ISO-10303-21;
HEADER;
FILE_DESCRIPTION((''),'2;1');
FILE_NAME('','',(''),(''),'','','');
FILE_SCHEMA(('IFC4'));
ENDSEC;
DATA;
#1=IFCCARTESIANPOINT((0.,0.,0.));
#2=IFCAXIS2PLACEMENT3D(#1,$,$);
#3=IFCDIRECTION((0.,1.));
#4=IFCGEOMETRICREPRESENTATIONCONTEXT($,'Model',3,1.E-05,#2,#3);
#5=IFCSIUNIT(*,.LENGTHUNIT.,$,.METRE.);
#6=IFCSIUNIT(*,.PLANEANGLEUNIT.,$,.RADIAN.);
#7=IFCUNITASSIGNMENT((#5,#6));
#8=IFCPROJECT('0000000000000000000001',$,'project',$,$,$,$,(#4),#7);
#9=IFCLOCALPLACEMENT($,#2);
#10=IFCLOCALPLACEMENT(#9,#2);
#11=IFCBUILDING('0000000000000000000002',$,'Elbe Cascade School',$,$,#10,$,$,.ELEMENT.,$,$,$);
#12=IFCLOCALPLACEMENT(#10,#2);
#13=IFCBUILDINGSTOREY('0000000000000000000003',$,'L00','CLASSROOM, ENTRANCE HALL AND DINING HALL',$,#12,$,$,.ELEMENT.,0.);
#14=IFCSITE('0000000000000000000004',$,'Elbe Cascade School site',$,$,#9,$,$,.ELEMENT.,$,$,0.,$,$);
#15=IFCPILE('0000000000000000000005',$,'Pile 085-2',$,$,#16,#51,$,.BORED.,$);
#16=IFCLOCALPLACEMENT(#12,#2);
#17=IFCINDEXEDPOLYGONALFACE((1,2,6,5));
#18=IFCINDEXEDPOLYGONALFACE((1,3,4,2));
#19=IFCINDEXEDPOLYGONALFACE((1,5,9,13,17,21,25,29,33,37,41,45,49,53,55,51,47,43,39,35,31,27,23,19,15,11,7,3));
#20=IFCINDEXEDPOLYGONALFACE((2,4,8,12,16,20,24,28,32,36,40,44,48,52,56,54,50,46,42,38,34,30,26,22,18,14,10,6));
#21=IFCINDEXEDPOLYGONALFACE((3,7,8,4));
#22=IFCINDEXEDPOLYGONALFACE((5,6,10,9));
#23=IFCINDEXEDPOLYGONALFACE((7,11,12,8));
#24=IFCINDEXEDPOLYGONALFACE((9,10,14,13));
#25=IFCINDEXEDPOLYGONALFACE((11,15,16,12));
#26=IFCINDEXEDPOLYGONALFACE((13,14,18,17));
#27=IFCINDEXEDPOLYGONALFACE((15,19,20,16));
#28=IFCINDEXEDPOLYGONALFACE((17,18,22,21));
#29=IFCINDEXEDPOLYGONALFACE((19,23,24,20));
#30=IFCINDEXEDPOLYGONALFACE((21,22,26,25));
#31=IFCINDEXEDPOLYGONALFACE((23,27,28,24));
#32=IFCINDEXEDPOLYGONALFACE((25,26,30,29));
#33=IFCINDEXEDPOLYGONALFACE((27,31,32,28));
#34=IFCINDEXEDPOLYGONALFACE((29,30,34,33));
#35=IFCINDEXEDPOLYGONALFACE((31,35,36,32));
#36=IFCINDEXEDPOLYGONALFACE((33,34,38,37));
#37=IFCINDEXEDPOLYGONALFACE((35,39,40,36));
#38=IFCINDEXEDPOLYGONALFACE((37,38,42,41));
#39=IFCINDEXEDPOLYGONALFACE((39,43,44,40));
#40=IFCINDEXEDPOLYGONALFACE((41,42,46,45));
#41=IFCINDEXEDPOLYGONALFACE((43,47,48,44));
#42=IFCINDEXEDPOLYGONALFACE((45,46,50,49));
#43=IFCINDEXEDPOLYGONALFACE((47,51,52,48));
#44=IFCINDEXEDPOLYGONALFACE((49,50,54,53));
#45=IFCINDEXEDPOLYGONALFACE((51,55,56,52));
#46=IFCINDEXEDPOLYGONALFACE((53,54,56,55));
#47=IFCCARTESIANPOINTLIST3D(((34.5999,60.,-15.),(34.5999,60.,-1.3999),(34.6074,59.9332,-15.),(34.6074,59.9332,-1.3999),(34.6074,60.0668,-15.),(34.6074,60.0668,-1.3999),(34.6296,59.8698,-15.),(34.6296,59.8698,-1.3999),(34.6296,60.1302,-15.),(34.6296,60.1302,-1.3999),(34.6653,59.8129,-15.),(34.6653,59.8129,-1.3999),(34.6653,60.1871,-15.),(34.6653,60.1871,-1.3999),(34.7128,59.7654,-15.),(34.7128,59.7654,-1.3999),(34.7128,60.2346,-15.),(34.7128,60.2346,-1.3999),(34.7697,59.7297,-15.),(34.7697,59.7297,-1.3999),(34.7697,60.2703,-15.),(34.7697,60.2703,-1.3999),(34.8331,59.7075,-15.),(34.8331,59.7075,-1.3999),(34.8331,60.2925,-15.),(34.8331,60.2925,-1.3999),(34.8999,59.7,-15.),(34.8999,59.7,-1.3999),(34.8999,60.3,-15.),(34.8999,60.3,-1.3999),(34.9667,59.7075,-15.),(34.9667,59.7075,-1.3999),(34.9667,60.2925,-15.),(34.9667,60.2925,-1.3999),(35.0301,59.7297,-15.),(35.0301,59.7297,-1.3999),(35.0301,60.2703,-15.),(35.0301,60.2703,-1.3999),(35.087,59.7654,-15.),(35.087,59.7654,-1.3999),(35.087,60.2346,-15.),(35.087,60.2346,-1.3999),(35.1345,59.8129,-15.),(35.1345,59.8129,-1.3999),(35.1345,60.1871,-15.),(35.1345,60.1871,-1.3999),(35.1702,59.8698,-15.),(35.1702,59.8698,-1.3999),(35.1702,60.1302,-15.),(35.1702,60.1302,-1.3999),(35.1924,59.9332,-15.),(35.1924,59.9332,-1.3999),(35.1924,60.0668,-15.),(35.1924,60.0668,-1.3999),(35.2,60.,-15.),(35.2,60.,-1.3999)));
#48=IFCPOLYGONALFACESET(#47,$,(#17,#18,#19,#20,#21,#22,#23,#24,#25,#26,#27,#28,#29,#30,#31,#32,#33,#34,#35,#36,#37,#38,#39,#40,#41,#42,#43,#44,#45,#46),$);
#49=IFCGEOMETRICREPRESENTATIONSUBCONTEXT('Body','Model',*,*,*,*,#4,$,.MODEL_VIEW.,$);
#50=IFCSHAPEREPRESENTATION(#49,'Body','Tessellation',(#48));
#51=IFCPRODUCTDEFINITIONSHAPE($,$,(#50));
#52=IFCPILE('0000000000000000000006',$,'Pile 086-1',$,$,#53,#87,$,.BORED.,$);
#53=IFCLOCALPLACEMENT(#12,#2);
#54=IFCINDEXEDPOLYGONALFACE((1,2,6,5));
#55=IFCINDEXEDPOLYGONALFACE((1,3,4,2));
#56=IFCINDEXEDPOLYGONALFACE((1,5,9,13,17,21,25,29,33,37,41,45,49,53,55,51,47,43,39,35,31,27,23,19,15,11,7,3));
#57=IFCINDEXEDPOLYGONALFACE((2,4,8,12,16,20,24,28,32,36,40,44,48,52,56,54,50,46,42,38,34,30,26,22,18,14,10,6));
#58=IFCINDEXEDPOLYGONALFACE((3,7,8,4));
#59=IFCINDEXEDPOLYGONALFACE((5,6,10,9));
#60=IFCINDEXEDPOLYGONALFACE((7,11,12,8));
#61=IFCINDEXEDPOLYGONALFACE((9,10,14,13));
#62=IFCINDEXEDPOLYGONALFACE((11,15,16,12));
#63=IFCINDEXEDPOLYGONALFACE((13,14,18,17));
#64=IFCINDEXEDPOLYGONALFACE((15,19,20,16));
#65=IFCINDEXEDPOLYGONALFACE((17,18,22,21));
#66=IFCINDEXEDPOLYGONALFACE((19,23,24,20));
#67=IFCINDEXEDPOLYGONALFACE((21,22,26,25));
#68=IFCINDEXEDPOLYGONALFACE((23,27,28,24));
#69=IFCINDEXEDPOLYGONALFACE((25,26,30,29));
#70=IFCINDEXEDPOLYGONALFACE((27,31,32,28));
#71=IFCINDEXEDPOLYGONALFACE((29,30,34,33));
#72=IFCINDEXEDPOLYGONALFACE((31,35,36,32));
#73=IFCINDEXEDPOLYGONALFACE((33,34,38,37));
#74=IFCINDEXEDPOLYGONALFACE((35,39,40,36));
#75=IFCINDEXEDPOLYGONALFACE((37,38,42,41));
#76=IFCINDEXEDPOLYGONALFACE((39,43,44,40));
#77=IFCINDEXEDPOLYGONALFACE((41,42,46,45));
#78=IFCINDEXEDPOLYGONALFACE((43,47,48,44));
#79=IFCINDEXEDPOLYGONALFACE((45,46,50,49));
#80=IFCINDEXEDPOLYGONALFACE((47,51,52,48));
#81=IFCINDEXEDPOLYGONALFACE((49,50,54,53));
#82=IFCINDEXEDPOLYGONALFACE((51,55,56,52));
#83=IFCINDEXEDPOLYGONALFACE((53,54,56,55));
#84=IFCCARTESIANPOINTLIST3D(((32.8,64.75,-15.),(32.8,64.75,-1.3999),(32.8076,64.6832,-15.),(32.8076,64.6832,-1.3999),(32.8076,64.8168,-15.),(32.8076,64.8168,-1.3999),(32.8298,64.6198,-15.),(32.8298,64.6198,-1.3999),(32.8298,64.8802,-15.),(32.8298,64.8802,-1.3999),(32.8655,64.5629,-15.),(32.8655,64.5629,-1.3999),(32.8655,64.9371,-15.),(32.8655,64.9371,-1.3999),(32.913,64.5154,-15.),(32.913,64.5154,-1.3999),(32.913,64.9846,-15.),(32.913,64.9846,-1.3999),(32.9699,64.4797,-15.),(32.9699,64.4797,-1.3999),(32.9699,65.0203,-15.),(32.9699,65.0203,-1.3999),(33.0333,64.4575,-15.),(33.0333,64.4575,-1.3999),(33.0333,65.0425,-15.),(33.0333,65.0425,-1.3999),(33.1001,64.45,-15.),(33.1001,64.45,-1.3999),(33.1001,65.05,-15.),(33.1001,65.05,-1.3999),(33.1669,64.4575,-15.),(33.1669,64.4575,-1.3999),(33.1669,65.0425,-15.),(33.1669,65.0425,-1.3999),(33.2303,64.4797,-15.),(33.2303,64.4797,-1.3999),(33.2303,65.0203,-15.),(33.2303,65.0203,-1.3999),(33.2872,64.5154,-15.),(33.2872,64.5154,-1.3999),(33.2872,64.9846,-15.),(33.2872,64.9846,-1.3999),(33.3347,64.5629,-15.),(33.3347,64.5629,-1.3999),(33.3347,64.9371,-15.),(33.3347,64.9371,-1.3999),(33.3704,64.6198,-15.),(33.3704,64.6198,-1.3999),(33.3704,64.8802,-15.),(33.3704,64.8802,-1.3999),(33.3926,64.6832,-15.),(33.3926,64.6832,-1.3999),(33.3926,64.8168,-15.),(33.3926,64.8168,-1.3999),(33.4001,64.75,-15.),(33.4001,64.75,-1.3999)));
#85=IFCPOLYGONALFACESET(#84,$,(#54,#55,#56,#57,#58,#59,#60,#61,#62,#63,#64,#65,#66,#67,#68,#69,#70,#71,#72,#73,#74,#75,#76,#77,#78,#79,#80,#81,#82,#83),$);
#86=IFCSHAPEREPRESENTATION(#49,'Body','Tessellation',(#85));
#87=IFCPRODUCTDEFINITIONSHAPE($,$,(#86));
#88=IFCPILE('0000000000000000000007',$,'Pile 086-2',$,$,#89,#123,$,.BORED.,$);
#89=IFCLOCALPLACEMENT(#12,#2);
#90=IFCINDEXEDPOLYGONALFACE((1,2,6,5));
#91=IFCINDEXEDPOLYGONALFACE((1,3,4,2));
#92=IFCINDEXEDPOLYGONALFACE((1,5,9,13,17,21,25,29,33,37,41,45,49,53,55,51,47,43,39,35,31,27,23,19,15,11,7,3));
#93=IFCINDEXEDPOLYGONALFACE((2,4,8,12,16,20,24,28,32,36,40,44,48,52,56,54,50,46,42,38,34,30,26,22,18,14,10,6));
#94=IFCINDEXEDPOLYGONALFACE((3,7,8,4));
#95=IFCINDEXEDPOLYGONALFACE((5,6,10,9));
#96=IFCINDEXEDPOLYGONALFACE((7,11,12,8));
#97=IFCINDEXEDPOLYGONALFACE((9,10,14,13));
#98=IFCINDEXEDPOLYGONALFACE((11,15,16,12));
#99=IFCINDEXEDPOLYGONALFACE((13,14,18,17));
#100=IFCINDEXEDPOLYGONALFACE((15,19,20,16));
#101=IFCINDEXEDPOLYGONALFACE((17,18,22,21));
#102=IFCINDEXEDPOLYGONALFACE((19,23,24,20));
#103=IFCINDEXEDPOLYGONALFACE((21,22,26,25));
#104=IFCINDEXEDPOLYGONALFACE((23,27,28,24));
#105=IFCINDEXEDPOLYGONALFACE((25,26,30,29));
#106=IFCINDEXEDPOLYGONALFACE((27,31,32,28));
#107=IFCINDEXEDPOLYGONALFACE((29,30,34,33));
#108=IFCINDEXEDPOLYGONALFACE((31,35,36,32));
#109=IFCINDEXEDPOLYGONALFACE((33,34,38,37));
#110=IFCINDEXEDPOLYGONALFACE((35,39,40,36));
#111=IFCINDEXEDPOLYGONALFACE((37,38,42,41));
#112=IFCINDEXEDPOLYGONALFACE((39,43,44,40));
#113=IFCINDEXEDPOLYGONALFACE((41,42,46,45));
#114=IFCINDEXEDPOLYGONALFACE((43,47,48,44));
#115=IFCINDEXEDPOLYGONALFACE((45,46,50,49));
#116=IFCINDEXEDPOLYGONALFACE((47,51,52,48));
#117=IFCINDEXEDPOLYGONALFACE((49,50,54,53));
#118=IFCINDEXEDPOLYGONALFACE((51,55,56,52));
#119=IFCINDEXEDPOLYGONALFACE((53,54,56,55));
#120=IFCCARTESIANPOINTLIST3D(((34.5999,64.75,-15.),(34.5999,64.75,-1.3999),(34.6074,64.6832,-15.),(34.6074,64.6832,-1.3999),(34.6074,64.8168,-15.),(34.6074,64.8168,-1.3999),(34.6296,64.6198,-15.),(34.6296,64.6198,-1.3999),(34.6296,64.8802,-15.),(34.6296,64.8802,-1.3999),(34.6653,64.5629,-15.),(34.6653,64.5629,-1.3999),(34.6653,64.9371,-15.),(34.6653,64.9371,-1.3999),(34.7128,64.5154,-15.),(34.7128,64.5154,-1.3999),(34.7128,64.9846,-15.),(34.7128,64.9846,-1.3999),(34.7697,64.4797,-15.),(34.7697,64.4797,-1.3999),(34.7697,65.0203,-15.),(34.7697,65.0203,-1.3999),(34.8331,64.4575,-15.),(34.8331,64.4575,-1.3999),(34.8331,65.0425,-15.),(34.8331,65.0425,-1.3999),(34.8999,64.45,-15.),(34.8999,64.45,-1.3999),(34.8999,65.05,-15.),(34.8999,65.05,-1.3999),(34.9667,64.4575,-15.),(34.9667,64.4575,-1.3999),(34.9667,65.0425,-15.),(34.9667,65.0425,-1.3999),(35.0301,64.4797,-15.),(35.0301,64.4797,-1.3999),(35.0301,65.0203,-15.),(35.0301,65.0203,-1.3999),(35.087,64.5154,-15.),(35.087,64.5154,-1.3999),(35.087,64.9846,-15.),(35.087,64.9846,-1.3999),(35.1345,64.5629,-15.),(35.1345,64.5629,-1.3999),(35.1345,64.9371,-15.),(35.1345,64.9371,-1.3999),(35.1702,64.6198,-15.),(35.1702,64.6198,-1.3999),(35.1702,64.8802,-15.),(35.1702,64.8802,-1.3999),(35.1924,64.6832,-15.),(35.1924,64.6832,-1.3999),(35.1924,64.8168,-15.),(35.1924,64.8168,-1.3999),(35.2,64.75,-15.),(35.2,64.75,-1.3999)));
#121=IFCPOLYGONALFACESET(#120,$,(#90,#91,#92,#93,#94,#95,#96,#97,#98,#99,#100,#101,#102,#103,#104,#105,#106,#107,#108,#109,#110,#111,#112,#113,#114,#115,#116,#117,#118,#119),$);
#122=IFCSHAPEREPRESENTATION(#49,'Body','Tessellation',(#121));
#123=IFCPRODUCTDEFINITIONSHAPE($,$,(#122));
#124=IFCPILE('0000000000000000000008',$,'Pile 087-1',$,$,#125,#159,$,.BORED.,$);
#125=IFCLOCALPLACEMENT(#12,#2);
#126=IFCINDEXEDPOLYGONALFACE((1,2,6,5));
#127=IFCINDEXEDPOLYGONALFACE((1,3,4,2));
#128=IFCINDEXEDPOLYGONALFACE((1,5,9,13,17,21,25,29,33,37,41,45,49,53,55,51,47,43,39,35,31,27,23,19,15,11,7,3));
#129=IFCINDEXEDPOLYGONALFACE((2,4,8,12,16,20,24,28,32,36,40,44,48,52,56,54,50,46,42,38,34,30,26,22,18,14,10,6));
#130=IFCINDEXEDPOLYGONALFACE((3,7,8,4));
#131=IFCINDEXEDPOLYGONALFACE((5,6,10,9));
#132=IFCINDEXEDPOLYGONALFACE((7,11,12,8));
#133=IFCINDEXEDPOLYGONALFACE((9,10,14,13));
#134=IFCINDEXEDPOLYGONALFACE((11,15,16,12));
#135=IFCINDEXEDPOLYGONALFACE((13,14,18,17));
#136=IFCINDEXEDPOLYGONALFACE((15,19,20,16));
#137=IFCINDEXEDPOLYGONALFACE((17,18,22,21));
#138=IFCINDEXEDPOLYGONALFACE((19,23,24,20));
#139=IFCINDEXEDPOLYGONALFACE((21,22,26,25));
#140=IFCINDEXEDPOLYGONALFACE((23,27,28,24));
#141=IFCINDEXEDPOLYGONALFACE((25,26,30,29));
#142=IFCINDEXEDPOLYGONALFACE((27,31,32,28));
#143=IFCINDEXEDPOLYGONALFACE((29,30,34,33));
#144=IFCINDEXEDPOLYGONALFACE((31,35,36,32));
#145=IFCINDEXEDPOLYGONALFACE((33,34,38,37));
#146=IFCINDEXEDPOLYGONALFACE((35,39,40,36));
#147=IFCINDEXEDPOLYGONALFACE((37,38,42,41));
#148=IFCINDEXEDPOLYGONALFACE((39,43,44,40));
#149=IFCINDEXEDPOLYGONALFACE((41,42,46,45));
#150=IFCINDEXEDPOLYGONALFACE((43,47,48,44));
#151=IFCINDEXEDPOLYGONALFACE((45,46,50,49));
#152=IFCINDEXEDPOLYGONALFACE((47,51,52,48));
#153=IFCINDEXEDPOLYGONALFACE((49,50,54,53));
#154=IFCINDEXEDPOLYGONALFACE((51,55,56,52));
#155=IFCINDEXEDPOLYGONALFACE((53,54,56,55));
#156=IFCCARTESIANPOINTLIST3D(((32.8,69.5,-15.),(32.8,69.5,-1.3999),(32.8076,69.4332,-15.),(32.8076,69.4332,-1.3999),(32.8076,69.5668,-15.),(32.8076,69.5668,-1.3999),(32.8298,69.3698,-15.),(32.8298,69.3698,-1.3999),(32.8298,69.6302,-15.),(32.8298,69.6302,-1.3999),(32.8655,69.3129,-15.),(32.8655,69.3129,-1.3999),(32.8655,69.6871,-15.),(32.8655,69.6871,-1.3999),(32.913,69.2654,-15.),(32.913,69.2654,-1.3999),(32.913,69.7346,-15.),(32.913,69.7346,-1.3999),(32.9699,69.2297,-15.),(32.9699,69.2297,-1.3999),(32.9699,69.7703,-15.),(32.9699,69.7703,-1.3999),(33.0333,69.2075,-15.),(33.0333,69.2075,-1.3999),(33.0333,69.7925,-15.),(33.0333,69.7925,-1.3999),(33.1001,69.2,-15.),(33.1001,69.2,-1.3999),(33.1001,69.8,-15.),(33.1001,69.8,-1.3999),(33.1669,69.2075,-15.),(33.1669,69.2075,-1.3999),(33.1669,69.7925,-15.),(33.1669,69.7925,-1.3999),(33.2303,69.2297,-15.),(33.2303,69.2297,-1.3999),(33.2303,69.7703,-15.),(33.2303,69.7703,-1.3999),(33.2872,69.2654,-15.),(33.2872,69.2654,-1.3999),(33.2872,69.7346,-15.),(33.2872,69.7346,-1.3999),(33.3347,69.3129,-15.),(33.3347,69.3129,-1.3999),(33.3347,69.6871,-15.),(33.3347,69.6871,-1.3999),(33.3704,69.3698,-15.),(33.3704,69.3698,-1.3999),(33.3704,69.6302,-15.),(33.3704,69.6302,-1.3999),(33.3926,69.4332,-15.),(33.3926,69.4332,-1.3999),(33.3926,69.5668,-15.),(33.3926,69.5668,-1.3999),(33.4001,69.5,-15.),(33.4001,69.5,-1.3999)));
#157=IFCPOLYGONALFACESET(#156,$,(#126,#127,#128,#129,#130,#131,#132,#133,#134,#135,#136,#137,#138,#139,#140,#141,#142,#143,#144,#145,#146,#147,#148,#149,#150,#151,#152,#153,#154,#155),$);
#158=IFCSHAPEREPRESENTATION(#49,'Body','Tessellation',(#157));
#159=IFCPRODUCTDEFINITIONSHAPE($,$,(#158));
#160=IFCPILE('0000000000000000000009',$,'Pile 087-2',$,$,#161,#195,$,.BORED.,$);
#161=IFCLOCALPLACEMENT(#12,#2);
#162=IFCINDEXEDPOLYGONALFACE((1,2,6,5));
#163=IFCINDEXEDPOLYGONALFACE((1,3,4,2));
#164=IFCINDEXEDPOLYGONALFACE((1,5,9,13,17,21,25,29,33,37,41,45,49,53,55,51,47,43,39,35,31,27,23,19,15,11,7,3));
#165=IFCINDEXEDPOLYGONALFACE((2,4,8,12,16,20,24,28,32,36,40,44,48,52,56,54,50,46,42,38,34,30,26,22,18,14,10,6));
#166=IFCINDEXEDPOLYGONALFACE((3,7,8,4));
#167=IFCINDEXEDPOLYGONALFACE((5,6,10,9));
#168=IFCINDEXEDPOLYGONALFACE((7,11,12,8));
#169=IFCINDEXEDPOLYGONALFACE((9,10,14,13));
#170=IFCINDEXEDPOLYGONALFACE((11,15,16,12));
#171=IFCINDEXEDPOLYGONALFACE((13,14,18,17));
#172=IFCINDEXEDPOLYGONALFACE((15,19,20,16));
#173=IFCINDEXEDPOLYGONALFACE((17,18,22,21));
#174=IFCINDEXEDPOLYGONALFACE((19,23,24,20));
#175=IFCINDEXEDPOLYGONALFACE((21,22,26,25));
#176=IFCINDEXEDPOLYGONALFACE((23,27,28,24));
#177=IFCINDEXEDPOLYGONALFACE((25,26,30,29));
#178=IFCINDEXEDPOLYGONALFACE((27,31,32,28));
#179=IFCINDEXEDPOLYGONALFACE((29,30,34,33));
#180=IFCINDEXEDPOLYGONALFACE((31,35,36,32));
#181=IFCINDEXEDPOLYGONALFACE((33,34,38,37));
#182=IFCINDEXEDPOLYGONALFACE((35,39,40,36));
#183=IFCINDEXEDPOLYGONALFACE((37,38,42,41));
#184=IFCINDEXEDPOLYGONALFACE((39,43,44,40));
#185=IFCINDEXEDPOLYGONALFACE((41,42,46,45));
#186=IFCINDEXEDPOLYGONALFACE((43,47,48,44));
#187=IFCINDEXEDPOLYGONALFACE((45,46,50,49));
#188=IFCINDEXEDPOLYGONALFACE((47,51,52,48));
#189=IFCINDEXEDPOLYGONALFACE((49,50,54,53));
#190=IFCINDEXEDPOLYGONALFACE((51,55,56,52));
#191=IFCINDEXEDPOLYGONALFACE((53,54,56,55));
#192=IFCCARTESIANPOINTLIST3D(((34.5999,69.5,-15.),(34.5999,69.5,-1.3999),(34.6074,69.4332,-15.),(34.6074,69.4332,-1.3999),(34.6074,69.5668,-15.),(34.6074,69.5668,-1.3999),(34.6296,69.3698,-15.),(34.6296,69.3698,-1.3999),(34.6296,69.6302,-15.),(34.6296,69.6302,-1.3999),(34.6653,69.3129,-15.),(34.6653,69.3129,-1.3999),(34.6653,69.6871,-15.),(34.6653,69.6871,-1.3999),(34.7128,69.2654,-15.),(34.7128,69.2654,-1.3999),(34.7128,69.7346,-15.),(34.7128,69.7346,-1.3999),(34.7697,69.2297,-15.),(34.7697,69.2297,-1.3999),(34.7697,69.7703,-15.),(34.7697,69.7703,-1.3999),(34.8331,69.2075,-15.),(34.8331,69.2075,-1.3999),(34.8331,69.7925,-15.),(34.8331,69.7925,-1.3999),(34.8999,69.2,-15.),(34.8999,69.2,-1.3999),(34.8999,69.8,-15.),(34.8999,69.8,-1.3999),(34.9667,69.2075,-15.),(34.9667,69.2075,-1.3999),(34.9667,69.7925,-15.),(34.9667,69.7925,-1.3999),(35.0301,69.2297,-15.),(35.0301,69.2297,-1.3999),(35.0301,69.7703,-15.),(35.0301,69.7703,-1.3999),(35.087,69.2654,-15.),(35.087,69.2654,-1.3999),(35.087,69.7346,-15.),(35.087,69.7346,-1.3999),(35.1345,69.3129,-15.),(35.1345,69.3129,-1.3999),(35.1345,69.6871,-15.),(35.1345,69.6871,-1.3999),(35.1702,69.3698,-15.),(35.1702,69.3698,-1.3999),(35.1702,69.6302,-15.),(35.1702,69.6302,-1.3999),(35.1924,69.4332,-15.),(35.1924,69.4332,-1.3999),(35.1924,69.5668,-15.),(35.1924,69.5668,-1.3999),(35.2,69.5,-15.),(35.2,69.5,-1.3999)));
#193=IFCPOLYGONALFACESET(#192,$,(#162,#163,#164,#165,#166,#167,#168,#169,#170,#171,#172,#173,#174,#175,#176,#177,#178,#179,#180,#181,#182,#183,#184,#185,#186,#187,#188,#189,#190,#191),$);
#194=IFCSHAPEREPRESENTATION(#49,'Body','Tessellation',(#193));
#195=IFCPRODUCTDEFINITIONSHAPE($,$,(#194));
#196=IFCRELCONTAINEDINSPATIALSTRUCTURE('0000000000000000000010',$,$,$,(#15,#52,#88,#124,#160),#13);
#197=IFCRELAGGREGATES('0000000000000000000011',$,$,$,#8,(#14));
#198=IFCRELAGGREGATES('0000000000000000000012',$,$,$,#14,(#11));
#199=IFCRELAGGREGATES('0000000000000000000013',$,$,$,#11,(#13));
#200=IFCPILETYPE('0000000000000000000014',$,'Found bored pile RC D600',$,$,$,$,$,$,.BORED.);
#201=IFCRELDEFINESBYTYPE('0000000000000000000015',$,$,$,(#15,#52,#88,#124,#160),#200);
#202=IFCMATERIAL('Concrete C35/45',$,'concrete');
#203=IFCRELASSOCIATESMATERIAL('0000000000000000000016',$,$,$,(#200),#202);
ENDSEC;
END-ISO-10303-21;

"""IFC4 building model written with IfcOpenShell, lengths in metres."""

from ifc_helpers import new_model, si_unit, direction, frame, origin, origin_2d, place, context, subcontext, project, spatial, circle, extrude, material, material_profile, profile_set, type_object, element, save


model = new_model("IFC4")

# Units and contexts
model_context = context("Model", 3, precision=1e-05, world=origin(), true_north=direction((0.0, 1.0)))
body_context = subcontext(model_context, "Body", "Model", "MODEL_VIEW")
ifc_project = project(units=[si_unit("LENGTHUNIT", "METRE"), si_unit("PLANEANGLEUNIT", "RADIAN")], contexts=[model_context])

# Site, building, storey
site_placement = place(None, origin())
site = spatial("IfcSite", under=ifc_project, at=site_placement, Name="Elbe Cascade School site", CompositionType="ELEMENT", RefElevation=0.0)
building_placement = place(site_placement, origin())
building = spatial("IfcBuilding", under=site, at=building_placement, Name="Elbe Cascade School", CompositionType="ELEMENT")
storey_placement = place(building_placement, origin())
storey = spatial("IfcBuildingStorey", under=building, at=storey_placement, Name="L00", Description="CLASSROOM, ENTRANCE HALL AND DINING HALL", CompositionType="ELEMENT", Elevation=0.0)

# Piles
ifc_material_1 = material(Name="Concrete C35/45", Category="concrete")
ifc_material_profile_1 = material_profile(ifc_material_1, circle(Radius=0.3, at=origin_2d()), Name="RC D600")
ifc_profile_set_1 = profile_set([ifc_material_profile_1], Name="Concrete C35/45")
pile_type = type_object("IfcPileType", Name="Found bored pile RC D600", PredefinedType="BORED", material=ifc_profile_set_1)
for number, where, z_axis, x_axis, name in (
    (1, (34.8999, 60.0, -1.3999), (0.0, 0.0, -1.0), (1.0, 0.0, 0.0), "Pile 085-2"),
    (2, (33.1001, 64.75, -1.3999), (0.0, 0.0, -1.0), (1.0, 0.0, 0.0), "Pile 086-1"),
    (3, (34.8999, 64.75, -1.3999), (0.0, 0.0, -1.0), (1.0, 0.0, 0.0), "Pile 086-2"),
    (4, (33.1001, 69.5, -1.3999), (0.0, 0.0, -1.0), (1.0, 0.0, 0.0), "Pile 087-1"),
    (5, (34.8999, 69.5, -1.3999), (0.0, 0.0, -1.0), (1.0, 0.0, 0.0), "Pile 087-2"),
):
    element("IfcPile", number, at=place(storey_placement, frame(where, z_axis=z_axis, x_axis=x_axis)), inside=storey, type_object=pile_type, Name=name, PredefinedType="BORED", context=body_context, shape_type="SweptSolid", body=[
        extrude(circle(Radius=0.3, at=origin_2d()), origin(), (0.0, 0.0, 1.0), 13.6001),
    ])

save(model, "model.ifc")
